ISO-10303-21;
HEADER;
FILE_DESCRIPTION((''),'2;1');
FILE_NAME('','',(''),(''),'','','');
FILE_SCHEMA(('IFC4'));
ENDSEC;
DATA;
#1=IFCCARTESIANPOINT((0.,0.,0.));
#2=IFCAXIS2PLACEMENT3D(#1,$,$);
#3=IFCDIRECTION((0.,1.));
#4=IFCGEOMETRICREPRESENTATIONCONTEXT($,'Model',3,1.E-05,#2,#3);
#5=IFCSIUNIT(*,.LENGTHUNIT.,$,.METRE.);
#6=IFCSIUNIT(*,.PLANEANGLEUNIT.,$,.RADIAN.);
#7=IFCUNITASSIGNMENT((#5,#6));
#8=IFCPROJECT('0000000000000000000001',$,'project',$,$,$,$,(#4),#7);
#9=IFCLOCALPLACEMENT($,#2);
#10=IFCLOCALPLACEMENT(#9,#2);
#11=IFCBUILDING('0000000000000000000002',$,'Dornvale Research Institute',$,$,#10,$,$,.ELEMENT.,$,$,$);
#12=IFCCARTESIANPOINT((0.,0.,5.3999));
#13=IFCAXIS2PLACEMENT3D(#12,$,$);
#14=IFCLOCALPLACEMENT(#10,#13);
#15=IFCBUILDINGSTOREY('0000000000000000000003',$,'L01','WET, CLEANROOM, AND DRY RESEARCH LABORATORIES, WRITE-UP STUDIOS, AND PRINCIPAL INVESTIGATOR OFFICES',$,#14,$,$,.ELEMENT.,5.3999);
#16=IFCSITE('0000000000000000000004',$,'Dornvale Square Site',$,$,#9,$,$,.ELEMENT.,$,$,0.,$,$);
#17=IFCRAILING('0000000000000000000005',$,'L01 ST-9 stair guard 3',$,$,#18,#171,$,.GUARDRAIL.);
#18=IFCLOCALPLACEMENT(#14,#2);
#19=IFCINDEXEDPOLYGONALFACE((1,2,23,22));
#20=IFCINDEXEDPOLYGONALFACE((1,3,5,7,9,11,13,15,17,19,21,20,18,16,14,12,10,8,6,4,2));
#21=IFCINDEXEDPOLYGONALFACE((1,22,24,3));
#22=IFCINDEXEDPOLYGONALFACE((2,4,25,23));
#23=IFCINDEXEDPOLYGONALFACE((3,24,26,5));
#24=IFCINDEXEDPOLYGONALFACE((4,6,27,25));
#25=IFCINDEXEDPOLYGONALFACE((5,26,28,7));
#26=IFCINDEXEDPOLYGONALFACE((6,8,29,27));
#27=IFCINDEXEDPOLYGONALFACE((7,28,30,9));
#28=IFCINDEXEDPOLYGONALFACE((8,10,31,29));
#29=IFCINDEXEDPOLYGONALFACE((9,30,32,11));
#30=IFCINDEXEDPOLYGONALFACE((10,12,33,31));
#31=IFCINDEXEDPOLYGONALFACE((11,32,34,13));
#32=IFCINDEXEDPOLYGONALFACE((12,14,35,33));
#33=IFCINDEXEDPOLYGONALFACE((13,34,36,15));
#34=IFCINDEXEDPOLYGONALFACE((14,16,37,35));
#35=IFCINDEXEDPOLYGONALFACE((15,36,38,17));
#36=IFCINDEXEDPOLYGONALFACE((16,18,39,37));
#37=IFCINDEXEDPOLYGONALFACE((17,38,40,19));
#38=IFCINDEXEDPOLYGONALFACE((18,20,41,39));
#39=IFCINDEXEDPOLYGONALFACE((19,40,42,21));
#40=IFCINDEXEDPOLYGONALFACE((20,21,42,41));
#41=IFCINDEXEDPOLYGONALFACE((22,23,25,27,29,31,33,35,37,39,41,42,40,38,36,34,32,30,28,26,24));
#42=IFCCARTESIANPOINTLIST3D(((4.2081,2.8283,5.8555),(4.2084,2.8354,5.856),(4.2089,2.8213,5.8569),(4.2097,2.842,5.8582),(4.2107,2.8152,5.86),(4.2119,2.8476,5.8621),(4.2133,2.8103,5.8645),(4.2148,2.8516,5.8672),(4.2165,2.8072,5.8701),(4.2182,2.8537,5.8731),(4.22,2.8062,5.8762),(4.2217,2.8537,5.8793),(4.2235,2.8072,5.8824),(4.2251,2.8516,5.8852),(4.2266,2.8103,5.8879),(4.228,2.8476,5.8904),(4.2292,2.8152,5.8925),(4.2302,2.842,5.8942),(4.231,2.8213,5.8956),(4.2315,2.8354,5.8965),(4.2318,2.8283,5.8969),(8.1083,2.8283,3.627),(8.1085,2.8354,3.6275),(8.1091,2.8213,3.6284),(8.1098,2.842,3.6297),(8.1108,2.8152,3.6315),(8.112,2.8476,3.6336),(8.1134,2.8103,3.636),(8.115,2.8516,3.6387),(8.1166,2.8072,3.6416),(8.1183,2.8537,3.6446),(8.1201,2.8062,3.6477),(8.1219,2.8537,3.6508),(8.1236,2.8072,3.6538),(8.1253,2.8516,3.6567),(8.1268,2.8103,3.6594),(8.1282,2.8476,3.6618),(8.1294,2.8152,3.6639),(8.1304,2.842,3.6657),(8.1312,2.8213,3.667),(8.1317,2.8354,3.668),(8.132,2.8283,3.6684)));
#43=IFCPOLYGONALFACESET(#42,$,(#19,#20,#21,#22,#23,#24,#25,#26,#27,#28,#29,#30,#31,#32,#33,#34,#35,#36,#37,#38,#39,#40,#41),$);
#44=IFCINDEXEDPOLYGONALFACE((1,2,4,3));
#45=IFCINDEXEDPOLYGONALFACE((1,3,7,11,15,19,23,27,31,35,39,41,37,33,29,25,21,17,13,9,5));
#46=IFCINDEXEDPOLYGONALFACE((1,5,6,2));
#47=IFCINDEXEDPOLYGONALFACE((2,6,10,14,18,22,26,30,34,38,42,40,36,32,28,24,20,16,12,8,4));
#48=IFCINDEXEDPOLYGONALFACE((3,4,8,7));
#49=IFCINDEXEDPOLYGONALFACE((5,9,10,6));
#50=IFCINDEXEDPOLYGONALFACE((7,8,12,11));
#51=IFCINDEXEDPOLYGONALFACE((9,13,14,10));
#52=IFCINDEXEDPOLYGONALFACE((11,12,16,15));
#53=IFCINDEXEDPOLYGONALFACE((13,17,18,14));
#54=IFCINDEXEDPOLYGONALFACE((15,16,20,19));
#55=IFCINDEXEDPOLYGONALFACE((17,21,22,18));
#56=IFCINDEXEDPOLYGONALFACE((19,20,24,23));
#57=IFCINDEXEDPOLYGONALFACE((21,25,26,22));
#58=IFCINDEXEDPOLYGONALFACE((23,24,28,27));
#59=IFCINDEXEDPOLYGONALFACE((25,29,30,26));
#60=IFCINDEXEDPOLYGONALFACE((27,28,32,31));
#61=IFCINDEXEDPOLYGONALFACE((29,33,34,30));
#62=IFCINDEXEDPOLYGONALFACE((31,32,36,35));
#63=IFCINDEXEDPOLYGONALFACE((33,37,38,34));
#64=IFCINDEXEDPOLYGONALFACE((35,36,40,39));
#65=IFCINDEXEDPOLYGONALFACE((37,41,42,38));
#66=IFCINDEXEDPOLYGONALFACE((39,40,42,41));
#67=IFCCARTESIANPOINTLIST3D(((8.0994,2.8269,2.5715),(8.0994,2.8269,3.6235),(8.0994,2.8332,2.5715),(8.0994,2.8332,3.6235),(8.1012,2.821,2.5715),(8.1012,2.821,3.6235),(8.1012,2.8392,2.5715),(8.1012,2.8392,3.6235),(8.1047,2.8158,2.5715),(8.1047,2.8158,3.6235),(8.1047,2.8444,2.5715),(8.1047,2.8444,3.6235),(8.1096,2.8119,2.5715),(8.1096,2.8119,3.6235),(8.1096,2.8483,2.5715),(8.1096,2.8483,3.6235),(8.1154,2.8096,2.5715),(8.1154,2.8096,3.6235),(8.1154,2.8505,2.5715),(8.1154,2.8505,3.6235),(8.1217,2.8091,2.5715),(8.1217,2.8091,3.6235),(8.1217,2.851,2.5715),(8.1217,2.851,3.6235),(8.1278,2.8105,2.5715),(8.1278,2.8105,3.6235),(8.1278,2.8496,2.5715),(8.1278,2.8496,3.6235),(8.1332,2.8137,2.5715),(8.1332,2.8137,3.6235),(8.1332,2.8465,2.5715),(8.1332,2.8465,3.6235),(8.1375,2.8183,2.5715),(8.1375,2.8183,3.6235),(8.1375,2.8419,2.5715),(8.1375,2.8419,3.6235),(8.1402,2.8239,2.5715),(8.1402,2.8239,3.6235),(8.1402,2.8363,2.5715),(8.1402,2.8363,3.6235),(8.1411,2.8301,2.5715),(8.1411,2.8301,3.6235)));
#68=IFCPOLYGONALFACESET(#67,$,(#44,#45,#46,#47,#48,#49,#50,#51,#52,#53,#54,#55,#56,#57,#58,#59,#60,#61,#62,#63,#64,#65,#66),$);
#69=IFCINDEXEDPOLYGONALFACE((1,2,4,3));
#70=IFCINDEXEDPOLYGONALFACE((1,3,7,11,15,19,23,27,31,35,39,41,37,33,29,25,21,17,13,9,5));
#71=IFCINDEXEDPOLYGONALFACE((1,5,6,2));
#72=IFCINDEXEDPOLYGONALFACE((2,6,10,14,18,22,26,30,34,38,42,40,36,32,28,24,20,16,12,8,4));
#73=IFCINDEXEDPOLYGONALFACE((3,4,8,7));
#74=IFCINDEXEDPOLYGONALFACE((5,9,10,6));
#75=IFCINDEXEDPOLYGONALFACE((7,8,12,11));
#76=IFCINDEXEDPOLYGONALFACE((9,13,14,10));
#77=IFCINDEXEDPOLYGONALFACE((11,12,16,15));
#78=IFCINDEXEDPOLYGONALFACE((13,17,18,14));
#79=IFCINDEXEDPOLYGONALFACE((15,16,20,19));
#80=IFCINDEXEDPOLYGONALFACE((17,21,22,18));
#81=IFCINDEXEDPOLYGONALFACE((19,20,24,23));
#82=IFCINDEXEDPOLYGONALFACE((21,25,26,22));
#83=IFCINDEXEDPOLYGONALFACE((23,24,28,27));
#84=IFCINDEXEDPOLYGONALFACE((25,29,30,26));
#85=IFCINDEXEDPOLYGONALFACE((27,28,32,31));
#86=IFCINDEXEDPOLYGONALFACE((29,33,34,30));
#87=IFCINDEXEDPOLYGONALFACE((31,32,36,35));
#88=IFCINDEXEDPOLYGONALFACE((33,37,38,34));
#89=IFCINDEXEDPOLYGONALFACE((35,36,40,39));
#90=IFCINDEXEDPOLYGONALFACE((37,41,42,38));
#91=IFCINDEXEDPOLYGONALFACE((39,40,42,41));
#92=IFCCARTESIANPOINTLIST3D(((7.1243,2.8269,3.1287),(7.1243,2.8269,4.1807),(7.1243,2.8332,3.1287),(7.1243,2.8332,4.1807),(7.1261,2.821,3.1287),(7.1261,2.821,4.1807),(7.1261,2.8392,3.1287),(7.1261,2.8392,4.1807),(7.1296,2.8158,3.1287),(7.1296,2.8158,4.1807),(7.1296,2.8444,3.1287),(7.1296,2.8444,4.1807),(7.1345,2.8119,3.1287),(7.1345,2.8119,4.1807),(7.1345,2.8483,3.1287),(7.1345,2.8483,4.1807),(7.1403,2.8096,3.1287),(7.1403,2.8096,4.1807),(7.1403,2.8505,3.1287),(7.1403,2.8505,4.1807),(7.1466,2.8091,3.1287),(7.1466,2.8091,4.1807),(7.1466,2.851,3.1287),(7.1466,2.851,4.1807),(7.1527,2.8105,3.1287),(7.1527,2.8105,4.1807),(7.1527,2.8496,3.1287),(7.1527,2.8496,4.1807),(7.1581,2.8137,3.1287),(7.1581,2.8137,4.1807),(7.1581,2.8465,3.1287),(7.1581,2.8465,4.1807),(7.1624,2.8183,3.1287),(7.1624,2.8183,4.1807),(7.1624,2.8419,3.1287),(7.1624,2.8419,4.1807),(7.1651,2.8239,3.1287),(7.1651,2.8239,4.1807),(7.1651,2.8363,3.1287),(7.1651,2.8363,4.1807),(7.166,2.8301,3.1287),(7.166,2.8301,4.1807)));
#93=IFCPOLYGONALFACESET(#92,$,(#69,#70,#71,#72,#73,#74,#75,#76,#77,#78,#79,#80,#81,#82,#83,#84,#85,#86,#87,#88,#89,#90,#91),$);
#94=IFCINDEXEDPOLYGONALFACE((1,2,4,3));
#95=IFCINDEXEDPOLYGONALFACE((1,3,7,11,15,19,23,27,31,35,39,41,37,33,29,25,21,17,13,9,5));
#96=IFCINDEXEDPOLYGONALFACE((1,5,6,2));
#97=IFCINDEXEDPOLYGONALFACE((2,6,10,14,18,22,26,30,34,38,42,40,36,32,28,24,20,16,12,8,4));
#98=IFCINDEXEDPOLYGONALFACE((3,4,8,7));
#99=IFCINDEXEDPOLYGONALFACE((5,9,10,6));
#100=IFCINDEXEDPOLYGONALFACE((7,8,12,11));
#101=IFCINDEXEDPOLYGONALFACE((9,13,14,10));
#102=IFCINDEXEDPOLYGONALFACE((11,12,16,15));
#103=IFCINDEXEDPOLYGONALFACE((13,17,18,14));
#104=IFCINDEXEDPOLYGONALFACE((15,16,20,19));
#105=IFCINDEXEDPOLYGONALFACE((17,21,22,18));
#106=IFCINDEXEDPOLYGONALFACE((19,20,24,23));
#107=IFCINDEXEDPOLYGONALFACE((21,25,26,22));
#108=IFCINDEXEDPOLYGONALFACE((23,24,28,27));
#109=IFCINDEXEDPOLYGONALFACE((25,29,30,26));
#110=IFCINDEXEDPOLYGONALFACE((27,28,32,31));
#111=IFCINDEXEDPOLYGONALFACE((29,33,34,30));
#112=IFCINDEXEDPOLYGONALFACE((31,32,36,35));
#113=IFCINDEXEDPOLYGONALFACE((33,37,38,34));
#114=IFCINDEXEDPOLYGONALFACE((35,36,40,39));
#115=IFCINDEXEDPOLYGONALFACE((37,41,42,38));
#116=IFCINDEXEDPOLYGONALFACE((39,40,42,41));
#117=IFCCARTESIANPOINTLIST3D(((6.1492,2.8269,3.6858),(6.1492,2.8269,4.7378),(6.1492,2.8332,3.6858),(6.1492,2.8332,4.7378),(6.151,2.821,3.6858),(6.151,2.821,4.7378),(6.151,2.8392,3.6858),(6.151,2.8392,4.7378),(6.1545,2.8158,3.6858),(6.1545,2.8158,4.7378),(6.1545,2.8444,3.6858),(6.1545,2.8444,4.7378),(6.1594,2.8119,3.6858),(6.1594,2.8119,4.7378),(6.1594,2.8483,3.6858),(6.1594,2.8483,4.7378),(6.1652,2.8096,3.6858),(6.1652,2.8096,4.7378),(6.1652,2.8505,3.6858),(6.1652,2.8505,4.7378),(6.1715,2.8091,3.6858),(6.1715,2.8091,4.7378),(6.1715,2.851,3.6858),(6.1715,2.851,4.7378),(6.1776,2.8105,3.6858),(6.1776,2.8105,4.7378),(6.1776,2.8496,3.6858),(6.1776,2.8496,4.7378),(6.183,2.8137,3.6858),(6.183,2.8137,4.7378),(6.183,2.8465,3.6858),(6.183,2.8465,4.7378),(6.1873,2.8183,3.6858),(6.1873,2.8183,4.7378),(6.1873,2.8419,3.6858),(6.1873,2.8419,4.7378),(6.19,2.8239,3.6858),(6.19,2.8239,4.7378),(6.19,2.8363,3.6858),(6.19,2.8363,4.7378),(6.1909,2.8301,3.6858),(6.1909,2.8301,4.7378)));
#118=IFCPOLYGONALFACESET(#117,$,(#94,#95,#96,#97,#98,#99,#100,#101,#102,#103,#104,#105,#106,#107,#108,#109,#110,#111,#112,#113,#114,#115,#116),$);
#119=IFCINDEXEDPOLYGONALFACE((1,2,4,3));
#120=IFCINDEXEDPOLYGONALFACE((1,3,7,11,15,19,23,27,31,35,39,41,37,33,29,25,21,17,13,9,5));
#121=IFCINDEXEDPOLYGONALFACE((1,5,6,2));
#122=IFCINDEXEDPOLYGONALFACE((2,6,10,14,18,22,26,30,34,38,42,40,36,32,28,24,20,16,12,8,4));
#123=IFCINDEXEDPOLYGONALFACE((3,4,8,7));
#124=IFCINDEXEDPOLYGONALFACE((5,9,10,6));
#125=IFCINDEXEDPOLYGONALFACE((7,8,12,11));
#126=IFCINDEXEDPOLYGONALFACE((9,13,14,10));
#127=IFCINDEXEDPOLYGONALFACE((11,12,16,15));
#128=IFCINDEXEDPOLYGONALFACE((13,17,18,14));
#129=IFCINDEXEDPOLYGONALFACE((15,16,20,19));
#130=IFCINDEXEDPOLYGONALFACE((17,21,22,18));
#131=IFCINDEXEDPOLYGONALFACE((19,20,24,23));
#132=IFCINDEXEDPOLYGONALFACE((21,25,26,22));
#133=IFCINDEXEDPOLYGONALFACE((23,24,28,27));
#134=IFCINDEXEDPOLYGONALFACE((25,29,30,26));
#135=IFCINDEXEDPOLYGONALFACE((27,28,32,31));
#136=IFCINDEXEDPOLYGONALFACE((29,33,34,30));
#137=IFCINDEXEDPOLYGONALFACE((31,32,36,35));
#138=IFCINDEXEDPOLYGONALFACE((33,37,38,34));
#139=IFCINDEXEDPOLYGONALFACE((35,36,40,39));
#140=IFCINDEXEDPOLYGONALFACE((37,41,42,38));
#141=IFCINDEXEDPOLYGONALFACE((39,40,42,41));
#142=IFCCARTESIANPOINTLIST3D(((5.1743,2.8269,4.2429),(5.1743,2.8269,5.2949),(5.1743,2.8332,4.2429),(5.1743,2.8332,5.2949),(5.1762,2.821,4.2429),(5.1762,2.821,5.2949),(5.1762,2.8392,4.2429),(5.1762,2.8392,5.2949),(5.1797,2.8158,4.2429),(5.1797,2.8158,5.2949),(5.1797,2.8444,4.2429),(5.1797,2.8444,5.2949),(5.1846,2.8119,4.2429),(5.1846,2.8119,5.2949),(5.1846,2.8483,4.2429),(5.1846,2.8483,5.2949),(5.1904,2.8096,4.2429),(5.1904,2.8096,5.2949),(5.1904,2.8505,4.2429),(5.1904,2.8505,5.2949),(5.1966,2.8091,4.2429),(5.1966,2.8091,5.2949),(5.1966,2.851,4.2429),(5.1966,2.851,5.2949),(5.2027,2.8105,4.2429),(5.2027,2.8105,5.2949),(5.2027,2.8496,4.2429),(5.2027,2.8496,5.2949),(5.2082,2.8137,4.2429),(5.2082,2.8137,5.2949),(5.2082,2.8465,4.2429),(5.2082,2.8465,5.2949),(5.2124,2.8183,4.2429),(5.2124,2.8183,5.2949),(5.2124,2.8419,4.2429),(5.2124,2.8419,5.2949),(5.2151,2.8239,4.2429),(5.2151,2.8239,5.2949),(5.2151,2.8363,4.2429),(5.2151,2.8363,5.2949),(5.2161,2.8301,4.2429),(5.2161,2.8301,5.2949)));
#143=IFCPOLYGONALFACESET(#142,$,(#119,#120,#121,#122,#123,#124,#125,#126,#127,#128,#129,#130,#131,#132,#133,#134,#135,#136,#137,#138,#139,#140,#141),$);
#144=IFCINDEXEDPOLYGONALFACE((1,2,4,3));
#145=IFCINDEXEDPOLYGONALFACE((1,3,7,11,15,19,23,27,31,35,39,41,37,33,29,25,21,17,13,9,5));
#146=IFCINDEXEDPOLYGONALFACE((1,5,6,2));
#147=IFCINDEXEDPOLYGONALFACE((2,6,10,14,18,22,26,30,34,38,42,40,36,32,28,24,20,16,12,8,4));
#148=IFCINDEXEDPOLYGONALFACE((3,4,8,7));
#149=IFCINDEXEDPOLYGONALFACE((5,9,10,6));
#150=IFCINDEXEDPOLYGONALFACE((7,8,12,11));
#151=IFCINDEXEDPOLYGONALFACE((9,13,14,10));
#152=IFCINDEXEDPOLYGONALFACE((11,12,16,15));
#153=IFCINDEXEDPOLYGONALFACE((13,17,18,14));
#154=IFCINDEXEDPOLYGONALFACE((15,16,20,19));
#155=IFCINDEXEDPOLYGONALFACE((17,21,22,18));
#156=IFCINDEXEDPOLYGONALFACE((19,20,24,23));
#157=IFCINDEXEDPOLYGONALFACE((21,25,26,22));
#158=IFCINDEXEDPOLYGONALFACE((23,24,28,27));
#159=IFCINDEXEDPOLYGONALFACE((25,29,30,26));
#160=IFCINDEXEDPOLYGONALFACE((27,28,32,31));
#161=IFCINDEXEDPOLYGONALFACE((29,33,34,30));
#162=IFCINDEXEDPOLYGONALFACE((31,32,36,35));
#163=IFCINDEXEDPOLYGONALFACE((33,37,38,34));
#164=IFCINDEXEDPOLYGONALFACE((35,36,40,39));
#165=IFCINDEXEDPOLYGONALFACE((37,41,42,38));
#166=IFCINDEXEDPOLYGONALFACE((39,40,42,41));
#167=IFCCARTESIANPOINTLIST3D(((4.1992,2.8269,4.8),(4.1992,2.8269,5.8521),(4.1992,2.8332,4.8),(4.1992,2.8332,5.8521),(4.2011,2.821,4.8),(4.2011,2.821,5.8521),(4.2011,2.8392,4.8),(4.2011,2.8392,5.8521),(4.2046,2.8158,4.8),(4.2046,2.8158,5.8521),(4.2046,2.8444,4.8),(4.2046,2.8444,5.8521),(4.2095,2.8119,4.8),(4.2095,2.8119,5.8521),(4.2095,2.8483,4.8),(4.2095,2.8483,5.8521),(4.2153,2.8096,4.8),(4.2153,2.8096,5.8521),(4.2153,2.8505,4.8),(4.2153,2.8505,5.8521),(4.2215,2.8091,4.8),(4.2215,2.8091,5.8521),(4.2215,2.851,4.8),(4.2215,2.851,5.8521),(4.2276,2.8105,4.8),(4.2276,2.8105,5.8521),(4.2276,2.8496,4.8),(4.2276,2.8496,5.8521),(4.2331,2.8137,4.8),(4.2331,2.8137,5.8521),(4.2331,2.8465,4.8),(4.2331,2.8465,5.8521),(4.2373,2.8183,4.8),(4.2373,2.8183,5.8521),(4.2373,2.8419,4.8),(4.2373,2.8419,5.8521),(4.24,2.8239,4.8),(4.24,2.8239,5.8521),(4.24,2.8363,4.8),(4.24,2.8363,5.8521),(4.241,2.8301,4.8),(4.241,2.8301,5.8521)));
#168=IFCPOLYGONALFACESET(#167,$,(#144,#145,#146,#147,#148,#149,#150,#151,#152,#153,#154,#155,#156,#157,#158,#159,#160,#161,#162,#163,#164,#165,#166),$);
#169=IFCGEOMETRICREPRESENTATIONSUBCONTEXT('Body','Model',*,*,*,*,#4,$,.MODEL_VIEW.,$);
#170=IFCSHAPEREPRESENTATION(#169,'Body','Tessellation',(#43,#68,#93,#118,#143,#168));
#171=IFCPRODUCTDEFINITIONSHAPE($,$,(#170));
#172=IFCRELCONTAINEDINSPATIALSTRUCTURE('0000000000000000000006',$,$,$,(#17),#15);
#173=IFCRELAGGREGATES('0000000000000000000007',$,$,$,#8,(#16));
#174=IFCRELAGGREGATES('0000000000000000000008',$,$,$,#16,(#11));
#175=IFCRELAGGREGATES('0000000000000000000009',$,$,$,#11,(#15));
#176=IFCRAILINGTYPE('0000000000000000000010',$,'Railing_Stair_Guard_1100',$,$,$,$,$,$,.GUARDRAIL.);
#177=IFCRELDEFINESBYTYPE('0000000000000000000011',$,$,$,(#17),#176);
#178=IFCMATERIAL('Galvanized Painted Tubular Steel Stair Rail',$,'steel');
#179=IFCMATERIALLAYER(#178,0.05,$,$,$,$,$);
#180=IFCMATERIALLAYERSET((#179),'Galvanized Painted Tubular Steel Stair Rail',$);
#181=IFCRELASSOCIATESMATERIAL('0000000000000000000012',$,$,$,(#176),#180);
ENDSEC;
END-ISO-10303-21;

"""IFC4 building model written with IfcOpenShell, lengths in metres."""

from ifc_helpers import new_model, si_unit, direction, frame, origin, origin_2d, place, context, subcontext, project, spatial, circle, extrude, material, layer, layer_set, type_object, element, save


model = new_model("IFC4")

# Units and contexts
model_context = context("Model", 3, precision=1e-05, world=origin(), true_north=direction((0.0, 1.0)))
body_context = subcontext(model_context, "Body", "Model", "MODEL_VIEW")
ifc_project = project(units=[si_unit("LENGTHUNIT", "METRE"), si_unit("PLANEANGLEUNIT", "RADIAN")], contexts=[model_context])

# Site, building, storey
site_placement = place(None, origin())
site = spatial("IfcSite", under=ifc_project, at=site_placement, Name="Dornvale Square Site", CompositionType="ELEMENT", RefElevation=0.0)
building_placement = place(site_placement, origin())
building = spatial("IfcBuilding", under=site, at=building_placement, Name="Dornvale Research Institute", CompositionType="ELEMENT")
storey_placement = place(building_placement, frame((0.0, 0.0, 5.3999)))
storey = spatial("IfcBuildingStorey", under=building, at=storey_placement, Name="L01", Description="WET, CLEANROOM, AND DRY RESEARCH LABORATORIES, WRITE-UP STUDIOS, AND PRINCIPAL INVESTIGATOR OFFICES", CompositionType="ELEMENT", Elevation=5.3999)

# Railing
ifc_material_1 = material(Name="Galvanized Painted Tubular Steel Stair Rail", Category="steel")
ifc_layer_1 = layer(ifc_material_1, 0.05)
ifc_layer_set_1 = layer_set([ifc_layer_1], Name="Galvanized Painted Tubular Steel Stair Rail")
railing_type_1 = type_object("IfcRailingType", Name="Railing_Stair_Guard_1100", PredefinedType="GUARDRAIL", material=ifc_layer_set_1)
railing_1_placement = place(storey_placement, frame((8.1201, 2.8301, 2.5715)))
element("IfcRailing", 1, at=railing_1_placement, inside=storey, type_object=railing_type_1, Name="L01 ST-9 stair guard 3", PredefinedType="GUARDRAIL", context=body_context, shape_type="SweptSolid", body=[
    extrude(circle(Radius=0.0239, at=origin_2d()), frame((0.0, 0.0, 1.0762), z_axis=(-0.868257, 0.0, 0.496116), x_axis=(0.0, -1.0, 0.0)), (0.0, 0.0, 1.0), 4.4919),
    extrude(circle(Radius=0.021, at=origin_2d()), origin(), (0.0, 0.0, 1.0), 1.052),
    extrude(circle(Radius=0.021, at=origin_2d()), frame((-0.9751, 0.0, 0.5571)), (0.0, 0.0, 1.0), 1.052),
    extrude(circle(Radius=0.021, at=origin_2d()), frame((-1.9502, 0.0, 1.1143)), (0.0, 0.0, 1.0), 1.052),
    extrude(circle(Radius=0.021, at=origin_2d()), frame((-2.925, 0.0, 1.6714)), (0.0, 0.0, 1.0), 1.052),
    extrude(circle(Radius=0.021, at=origin_2d()), frame((-3.9001, 0.0, 2.2285)), (0.0, 0.0, 1.0), 1.052),
])

save(model, "model.ifc")
